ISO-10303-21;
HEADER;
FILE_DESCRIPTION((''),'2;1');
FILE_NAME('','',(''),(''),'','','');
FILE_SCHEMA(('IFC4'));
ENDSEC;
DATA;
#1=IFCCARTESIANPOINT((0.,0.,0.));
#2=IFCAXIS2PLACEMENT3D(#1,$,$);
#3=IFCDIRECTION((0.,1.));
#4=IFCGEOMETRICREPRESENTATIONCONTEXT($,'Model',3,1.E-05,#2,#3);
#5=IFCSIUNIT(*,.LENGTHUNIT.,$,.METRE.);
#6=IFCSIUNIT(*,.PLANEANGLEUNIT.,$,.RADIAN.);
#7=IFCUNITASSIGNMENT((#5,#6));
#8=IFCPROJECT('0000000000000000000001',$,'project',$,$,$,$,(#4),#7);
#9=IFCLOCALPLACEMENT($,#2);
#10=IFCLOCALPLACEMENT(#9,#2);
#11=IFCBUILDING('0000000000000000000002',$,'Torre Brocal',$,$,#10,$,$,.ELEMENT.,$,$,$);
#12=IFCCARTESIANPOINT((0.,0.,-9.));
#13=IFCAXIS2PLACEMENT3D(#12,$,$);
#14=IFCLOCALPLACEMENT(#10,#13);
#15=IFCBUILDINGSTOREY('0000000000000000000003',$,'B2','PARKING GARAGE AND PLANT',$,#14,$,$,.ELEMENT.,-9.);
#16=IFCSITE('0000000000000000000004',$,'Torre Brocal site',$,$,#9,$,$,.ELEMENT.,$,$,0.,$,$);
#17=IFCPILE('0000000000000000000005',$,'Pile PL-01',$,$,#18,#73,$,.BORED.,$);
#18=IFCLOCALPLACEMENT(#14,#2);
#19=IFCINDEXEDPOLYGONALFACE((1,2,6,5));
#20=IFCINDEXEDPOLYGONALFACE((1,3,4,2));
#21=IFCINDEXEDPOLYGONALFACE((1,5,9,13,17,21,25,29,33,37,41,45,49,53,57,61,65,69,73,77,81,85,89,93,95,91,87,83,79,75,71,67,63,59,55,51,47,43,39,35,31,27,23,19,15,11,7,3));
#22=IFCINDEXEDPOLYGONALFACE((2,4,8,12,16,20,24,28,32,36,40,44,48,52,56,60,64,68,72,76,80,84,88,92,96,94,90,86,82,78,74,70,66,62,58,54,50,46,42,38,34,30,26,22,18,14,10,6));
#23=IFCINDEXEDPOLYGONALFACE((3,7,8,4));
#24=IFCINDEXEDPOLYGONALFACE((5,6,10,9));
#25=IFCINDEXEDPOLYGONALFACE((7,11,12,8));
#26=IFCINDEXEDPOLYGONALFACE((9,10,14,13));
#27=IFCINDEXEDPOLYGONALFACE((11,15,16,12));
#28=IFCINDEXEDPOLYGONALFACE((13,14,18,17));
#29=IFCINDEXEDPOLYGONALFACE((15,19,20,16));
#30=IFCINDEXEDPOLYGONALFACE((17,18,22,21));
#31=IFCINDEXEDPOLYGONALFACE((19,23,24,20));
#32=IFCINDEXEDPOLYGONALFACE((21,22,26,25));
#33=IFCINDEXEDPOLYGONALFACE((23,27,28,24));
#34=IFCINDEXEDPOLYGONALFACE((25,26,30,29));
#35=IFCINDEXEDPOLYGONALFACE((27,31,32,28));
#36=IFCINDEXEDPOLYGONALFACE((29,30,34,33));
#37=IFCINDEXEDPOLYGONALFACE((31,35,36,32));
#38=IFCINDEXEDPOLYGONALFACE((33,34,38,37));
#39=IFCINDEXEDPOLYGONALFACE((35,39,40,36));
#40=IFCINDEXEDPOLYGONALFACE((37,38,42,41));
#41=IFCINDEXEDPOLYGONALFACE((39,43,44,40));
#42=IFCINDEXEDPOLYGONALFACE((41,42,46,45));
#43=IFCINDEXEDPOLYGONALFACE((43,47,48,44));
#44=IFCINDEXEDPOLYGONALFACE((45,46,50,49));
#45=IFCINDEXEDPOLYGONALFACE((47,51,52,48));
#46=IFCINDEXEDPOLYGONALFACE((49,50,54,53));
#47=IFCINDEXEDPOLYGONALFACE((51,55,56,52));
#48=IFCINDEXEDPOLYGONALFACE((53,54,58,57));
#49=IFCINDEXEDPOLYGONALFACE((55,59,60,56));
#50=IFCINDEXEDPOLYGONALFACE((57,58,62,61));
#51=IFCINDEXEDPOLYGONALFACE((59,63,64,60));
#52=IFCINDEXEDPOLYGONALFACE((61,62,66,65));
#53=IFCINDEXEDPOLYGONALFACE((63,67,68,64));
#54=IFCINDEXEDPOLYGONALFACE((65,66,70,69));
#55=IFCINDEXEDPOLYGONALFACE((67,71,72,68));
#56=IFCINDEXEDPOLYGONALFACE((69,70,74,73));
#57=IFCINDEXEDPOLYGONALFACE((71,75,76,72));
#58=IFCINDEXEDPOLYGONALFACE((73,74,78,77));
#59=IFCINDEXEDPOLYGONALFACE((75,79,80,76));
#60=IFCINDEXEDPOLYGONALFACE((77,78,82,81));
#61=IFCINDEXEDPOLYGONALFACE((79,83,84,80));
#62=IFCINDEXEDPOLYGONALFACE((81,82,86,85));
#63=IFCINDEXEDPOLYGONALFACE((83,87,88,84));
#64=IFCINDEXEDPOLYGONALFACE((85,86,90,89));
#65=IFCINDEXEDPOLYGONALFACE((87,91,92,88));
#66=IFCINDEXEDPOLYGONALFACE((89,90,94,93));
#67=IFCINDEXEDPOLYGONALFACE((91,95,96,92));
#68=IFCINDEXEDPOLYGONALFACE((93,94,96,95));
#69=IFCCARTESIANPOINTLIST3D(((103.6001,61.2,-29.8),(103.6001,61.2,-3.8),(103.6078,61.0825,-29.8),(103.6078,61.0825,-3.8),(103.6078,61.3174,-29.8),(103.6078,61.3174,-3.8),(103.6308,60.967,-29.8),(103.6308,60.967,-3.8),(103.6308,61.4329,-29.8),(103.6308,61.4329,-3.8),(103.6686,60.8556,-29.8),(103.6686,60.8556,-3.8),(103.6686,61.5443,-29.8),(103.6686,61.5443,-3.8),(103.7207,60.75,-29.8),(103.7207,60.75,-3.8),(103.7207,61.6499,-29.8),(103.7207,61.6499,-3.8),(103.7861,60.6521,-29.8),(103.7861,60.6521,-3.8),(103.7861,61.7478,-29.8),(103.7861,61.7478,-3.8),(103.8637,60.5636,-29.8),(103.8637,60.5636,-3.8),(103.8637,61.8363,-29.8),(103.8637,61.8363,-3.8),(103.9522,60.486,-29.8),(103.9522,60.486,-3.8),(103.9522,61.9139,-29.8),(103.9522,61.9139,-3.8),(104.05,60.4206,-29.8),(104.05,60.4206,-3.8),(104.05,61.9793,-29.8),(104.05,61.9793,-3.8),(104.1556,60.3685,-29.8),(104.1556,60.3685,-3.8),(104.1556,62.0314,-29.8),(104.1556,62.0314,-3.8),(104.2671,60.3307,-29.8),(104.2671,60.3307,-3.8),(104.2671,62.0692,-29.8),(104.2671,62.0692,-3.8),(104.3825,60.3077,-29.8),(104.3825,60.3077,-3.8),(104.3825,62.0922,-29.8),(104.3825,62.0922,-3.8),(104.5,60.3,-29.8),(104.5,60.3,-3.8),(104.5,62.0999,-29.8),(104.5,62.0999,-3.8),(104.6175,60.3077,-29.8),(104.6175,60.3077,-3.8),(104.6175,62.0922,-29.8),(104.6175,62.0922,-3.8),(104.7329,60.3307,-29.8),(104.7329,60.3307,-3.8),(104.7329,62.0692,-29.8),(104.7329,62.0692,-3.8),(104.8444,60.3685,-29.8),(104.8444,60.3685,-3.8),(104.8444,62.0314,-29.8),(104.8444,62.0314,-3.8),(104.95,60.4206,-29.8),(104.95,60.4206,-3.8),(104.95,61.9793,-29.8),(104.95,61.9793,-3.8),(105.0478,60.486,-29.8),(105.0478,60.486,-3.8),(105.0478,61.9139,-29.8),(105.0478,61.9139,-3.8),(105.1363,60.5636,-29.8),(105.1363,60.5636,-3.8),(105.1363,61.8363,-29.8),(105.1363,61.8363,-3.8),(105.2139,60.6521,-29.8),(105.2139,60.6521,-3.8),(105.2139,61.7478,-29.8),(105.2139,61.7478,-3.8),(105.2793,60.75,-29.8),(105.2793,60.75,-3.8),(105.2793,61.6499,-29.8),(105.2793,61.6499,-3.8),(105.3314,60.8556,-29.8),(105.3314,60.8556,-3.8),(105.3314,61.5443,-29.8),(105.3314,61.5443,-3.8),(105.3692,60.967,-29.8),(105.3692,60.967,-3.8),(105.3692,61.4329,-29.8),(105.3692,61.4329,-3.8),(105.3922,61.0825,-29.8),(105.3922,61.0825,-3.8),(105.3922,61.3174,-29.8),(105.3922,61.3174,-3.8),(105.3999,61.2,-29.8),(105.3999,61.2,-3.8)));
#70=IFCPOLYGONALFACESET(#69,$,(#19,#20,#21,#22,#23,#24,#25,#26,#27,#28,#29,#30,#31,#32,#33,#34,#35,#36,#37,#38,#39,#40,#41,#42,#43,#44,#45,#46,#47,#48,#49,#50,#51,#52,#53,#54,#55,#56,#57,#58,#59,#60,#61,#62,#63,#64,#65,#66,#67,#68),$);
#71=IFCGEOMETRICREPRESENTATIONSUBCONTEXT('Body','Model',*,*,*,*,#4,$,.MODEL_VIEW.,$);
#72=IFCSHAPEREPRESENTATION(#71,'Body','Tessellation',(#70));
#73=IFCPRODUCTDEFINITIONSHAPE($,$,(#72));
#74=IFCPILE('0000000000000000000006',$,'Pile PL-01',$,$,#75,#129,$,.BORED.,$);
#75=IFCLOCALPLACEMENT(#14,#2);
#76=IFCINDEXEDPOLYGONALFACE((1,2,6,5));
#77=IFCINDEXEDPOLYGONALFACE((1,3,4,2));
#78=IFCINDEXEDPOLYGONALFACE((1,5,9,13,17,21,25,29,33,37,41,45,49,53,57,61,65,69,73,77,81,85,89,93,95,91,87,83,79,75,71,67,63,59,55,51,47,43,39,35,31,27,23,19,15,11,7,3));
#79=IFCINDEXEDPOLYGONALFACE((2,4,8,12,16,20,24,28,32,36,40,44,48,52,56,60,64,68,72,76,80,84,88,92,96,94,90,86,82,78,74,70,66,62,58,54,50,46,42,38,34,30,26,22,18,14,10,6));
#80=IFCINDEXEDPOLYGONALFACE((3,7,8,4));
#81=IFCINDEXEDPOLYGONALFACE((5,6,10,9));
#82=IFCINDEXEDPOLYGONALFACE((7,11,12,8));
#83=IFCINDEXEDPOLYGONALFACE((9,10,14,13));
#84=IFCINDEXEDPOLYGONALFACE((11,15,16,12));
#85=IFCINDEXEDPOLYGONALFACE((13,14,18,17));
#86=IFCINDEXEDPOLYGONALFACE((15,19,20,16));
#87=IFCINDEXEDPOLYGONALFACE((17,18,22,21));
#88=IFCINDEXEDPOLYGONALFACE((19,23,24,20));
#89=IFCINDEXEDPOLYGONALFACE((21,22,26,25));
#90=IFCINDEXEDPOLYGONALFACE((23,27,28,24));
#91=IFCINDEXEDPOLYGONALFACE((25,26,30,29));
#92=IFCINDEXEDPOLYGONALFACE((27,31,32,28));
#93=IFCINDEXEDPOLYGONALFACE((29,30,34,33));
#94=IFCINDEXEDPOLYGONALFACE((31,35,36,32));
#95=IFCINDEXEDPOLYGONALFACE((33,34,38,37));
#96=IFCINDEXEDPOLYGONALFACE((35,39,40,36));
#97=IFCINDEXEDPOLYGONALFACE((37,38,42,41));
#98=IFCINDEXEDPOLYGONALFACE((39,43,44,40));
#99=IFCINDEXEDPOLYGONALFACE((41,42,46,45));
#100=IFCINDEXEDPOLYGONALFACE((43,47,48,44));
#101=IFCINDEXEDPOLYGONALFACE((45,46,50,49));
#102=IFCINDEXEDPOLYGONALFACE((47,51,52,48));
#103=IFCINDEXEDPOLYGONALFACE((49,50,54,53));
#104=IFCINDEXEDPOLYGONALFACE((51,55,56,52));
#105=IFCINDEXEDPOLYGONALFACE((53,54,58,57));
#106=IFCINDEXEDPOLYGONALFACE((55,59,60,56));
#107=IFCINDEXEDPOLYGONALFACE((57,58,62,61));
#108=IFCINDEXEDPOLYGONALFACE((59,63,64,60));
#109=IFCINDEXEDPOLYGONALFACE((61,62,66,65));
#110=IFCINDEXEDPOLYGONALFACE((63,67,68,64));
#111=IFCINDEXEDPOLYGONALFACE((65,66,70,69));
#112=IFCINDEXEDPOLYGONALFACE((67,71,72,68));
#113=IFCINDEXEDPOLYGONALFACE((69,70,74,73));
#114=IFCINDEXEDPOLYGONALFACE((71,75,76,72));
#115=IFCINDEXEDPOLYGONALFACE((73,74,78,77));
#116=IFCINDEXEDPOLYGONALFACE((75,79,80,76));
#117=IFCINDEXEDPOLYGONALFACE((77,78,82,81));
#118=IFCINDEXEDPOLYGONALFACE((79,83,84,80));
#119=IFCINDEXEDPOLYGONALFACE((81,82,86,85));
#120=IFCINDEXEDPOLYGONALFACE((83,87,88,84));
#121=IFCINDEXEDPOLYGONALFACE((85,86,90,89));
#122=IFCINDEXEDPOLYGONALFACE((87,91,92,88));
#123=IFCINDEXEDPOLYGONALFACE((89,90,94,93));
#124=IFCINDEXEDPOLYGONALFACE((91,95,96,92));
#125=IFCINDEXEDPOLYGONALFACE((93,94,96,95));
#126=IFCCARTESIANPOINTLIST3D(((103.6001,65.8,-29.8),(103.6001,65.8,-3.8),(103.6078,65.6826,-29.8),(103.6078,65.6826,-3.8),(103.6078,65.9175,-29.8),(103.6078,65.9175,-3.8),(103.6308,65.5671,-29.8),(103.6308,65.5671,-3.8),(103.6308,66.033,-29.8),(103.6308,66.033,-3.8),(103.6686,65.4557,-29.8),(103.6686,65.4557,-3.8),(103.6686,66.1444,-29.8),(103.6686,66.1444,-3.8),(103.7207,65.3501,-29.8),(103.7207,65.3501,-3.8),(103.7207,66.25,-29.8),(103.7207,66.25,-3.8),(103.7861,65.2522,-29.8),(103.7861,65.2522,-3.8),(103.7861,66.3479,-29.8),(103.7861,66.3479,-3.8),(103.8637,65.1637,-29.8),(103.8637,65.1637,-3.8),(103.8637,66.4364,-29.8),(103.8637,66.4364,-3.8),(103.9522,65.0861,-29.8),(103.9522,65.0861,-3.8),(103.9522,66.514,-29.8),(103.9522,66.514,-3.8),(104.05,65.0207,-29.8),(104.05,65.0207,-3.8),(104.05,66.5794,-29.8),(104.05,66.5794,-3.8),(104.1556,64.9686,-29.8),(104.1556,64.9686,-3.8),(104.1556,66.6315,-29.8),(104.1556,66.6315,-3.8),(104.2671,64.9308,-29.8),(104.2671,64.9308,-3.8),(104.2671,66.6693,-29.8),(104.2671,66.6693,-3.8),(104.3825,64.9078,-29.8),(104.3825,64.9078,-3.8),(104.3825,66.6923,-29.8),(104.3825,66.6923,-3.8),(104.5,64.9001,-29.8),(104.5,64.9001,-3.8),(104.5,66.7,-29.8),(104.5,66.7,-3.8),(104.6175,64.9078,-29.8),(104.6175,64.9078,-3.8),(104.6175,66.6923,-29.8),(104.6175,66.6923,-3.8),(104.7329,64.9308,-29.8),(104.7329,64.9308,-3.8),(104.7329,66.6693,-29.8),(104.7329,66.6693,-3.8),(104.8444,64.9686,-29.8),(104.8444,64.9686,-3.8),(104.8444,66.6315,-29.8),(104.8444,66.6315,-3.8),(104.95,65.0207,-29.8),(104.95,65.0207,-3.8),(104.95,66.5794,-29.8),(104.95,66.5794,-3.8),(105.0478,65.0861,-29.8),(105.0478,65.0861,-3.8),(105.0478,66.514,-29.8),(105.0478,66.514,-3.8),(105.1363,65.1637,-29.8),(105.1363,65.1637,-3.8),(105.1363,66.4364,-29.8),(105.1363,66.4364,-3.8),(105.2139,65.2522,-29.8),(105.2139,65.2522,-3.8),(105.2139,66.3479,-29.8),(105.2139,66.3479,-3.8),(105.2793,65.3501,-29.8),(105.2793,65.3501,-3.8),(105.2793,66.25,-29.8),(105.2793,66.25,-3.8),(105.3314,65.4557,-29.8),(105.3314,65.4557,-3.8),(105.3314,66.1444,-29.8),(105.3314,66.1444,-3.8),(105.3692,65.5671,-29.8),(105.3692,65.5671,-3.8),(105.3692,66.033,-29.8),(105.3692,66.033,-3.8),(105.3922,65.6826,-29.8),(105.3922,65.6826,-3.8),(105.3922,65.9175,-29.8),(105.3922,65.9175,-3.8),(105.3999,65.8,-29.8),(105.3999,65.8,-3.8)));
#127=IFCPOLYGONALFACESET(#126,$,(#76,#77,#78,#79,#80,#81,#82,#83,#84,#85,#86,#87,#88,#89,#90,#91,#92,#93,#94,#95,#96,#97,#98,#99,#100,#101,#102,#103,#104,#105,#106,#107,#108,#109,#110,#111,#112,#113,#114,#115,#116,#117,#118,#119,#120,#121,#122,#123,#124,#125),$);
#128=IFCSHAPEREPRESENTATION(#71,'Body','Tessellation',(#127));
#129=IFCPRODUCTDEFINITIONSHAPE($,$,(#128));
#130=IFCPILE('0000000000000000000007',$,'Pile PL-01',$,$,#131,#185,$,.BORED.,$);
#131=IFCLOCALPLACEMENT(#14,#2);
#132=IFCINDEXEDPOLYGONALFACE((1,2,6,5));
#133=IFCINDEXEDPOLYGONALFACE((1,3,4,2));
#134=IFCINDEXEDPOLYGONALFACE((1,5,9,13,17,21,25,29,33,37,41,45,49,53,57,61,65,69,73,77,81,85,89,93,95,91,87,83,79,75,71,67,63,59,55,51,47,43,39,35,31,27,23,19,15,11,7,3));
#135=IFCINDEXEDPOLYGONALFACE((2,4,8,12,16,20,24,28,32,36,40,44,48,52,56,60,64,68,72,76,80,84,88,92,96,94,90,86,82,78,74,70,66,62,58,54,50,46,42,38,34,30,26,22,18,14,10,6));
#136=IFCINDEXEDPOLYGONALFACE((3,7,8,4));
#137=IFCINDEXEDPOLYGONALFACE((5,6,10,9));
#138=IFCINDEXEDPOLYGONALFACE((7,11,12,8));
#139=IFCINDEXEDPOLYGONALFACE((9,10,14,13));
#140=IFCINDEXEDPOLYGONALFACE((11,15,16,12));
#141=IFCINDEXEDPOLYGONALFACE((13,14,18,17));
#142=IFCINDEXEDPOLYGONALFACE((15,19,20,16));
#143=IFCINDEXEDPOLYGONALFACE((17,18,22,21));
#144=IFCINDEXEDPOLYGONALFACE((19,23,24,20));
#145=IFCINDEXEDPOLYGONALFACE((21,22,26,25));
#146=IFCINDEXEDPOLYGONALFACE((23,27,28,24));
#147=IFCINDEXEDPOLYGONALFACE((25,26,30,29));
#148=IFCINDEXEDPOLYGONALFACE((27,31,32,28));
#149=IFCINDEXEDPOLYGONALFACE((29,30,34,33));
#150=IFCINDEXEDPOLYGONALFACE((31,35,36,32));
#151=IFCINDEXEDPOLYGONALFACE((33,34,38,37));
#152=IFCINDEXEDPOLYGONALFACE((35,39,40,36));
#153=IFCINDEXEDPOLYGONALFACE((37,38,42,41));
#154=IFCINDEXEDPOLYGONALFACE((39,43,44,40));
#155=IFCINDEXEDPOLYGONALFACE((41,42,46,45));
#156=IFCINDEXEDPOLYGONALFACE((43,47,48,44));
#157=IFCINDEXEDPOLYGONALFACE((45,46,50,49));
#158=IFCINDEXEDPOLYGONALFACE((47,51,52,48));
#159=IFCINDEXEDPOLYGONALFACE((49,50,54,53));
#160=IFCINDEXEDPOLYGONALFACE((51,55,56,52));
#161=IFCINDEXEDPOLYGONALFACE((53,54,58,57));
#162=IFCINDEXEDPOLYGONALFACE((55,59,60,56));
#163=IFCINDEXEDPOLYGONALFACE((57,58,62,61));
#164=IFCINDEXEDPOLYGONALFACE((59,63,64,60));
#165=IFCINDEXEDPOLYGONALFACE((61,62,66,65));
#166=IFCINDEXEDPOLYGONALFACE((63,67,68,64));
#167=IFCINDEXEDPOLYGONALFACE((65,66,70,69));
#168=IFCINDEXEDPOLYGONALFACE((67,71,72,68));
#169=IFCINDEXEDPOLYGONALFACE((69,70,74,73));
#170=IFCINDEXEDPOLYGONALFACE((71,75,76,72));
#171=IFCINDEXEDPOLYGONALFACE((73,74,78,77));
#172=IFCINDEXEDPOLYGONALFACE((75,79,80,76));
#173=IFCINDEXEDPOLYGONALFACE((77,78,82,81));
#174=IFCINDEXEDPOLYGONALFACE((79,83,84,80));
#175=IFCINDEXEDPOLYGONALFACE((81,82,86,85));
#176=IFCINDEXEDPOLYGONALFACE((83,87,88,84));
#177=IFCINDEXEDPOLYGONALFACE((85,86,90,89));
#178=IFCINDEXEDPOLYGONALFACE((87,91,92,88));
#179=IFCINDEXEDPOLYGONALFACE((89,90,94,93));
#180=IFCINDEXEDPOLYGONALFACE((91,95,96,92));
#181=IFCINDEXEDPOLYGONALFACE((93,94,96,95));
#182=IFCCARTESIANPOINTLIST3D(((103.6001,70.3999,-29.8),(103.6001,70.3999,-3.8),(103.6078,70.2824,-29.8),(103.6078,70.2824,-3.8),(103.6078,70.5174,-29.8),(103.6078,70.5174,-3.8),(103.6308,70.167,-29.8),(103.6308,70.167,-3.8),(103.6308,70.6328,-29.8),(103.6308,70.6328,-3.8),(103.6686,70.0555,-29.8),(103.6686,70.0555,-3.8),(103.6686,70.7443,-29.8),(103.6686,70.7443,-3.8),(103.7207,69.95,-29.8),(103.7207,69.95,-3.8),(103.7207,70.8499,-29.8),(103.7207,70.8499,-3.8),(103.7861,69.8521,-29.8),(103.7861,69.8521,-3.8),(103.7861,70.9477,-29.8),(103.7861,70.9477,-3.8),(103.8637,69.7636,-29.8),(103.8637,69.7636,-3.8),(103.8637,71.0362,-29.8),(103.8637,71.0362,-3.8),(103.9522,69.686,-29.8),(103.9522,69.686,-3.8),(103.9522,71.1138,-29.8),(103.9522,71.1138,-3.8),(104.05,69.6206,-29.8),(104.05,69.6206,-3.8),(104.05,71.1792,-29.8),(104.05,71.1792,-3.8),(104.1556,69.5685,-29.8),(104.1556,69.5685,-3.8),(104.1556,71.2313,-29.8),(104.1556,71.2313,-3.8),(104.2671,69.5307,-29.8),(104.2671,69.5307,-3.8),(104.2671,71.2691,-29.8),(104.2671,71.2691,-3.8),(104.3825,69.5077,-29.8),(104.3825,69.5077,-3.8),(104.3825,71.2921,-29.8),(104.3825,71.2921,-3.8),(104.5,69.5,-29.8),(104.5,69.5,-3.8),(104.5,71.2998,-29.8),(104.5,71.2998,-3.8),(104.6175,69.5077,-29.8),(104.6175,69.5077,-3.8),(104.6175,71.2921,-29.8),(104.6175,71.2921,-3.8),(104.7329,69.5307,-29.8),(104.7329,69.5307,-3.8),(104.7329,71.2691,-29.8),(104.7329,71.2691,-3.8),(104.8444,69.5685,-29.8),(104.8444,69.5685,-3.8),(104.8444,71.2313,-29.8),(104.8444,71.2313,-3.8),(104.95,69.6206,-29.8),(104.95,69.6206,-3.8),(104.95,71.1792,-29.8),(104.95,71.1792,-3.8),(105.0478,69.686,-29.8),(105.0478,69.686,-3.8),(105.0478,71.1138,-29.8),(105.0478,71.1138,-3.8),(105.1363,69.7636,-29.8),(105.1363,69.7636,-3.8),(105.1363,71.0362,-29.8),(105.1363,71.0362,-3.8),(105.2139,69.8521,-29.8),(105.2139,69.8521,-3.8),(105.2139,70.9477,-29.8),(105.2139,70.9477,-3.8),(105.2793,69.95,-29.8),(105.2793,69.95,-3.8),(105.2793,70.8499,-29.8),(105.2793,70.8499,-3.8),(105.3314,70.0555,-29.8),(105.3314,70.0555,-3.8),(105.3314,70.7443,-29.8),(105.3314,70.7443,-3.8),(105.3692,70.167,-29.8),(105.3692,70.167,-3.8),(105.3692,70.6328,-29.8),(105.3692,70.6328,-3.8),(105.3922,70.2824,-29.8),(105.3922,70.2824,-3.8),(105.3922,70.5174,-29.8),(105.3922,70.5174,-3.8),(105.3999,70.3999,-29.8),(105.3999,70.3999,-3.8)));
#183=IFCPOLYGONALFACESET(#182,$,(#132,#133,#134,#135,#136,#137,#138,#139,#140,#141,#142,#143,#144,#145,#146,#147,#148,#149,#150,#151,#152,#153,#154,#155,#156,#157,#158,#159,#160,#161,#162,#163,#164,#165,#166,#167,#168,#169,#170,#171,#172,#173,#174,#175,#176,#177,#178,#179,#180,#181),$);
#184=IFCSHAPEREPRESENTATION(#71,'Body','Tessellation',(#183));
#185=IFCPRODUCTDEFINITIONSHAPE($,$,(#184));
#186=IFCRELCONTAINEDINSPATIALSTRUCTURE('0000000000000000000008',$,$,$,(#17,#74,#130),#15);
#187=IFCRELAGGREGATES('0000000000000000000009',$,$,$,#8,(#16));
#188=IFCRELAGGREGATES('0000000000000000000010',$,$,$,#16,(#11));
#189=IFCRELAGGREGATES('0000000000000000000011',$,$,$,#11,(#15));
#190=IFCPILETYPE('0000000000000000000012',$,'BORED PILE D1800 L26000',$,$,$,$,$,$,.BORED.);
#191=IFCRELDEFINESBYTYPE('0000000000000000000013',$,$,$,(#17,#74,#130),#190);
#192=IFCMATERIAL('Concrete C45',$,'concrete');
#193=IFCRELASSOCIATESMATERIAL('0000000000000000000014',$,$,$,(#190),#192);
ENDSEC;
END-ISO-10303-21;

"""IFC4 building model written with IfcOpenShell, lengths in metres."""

from ifc_helpers import new_model, si_unit, direction, frame, origin, origin_2d, place, context, subcontext, project, spatial, circle, extrude, material, material_profile, profile_set, type_object, element, save


model = new_model("IFC4")

# Units and contexts
model_context = context("Model", 3, precision=1e-05, world=origin(), true_north=direction((0.0, 1.0)))
body_context = subcontext(model_context, "Body", "Model", "MODEL_VIEW")
ifc_project = project(units=[si_unit("LENGTHUNIT", "METRE"), si_unit("PLANEANGLEUNIT", "RADIAN")], contexts=[model_context])

# Site, building, storey
site_placement = place(None, origin())
site = spatial("IfcSite", under=ifc_project, at=site_placement, Name="Torre Brocal site", CompositionType="ELEMENT", RefElevation=0.0)
building_placement = place(site_placement, origin())
building = spatial("IfcBuilding", under=site, at=building_placement, Name="Torre Brocal", CompositionType="ELEMENT")
storey_placement = place(building_placement, frame((0.0, 0.0, -9.0)))
storey = spatial("IfcBuildingStorey", under=building, at=storey_placement, Name="B2", Description="PARKING GARAGE AND PLANT", CompositionType="ELEMENT", Elevation=-9.0)

# Piles
ifc_material_1 = material(Name="Concrete C45", Category="concrete")
ifc_material_profile_1 = material_profile(ifc_material_1, circle(Radius=0.8999, at=origin_2d()), Name="BORED PILE D1800")
ifc_profile_set_1 = profile_set([ifc_material_profile_1], Name="Concrete C45")
pile_type_1 = type_object("IfcPileType", Name="BORED PILE D1800 L26000", PredefinedType="BORED", material=ifc_profile_set_1)
for number, where, z_axis, x_axis, name in (
    (1, (104.5, 61.2, -3.8), (0.0, 0.0, -1.0), (1.0, 0.0, 0.0), "Pile PL-01"),
    (2, (104.5, 65.8, -3.8), (0.0, 0.0, -1.0), (1.0, 0.0, 0.0), "Pile PL-01"),
    (3, (104.5, 70.3999, -3.8), (0.0, 0.0, -1.0), (1.0, 0.0, 0.0), "Pile PL-01"),
):
    element("IfcPile", number, at=place(storey_placement, frame(where, z_axis=z_axis, x_axis=x_axis)), inside=storey, type_object=pile_type_1, Name=name, PredefinedType="BORED", context=body_context, shape_type="SweptSolid", body=[
        extrude(circle(Radius=0.8999, at=origin_2d()), origin(), (0.0, 0.0, 1.0), 26.0),
    ])

save(model, "model.ifc")
